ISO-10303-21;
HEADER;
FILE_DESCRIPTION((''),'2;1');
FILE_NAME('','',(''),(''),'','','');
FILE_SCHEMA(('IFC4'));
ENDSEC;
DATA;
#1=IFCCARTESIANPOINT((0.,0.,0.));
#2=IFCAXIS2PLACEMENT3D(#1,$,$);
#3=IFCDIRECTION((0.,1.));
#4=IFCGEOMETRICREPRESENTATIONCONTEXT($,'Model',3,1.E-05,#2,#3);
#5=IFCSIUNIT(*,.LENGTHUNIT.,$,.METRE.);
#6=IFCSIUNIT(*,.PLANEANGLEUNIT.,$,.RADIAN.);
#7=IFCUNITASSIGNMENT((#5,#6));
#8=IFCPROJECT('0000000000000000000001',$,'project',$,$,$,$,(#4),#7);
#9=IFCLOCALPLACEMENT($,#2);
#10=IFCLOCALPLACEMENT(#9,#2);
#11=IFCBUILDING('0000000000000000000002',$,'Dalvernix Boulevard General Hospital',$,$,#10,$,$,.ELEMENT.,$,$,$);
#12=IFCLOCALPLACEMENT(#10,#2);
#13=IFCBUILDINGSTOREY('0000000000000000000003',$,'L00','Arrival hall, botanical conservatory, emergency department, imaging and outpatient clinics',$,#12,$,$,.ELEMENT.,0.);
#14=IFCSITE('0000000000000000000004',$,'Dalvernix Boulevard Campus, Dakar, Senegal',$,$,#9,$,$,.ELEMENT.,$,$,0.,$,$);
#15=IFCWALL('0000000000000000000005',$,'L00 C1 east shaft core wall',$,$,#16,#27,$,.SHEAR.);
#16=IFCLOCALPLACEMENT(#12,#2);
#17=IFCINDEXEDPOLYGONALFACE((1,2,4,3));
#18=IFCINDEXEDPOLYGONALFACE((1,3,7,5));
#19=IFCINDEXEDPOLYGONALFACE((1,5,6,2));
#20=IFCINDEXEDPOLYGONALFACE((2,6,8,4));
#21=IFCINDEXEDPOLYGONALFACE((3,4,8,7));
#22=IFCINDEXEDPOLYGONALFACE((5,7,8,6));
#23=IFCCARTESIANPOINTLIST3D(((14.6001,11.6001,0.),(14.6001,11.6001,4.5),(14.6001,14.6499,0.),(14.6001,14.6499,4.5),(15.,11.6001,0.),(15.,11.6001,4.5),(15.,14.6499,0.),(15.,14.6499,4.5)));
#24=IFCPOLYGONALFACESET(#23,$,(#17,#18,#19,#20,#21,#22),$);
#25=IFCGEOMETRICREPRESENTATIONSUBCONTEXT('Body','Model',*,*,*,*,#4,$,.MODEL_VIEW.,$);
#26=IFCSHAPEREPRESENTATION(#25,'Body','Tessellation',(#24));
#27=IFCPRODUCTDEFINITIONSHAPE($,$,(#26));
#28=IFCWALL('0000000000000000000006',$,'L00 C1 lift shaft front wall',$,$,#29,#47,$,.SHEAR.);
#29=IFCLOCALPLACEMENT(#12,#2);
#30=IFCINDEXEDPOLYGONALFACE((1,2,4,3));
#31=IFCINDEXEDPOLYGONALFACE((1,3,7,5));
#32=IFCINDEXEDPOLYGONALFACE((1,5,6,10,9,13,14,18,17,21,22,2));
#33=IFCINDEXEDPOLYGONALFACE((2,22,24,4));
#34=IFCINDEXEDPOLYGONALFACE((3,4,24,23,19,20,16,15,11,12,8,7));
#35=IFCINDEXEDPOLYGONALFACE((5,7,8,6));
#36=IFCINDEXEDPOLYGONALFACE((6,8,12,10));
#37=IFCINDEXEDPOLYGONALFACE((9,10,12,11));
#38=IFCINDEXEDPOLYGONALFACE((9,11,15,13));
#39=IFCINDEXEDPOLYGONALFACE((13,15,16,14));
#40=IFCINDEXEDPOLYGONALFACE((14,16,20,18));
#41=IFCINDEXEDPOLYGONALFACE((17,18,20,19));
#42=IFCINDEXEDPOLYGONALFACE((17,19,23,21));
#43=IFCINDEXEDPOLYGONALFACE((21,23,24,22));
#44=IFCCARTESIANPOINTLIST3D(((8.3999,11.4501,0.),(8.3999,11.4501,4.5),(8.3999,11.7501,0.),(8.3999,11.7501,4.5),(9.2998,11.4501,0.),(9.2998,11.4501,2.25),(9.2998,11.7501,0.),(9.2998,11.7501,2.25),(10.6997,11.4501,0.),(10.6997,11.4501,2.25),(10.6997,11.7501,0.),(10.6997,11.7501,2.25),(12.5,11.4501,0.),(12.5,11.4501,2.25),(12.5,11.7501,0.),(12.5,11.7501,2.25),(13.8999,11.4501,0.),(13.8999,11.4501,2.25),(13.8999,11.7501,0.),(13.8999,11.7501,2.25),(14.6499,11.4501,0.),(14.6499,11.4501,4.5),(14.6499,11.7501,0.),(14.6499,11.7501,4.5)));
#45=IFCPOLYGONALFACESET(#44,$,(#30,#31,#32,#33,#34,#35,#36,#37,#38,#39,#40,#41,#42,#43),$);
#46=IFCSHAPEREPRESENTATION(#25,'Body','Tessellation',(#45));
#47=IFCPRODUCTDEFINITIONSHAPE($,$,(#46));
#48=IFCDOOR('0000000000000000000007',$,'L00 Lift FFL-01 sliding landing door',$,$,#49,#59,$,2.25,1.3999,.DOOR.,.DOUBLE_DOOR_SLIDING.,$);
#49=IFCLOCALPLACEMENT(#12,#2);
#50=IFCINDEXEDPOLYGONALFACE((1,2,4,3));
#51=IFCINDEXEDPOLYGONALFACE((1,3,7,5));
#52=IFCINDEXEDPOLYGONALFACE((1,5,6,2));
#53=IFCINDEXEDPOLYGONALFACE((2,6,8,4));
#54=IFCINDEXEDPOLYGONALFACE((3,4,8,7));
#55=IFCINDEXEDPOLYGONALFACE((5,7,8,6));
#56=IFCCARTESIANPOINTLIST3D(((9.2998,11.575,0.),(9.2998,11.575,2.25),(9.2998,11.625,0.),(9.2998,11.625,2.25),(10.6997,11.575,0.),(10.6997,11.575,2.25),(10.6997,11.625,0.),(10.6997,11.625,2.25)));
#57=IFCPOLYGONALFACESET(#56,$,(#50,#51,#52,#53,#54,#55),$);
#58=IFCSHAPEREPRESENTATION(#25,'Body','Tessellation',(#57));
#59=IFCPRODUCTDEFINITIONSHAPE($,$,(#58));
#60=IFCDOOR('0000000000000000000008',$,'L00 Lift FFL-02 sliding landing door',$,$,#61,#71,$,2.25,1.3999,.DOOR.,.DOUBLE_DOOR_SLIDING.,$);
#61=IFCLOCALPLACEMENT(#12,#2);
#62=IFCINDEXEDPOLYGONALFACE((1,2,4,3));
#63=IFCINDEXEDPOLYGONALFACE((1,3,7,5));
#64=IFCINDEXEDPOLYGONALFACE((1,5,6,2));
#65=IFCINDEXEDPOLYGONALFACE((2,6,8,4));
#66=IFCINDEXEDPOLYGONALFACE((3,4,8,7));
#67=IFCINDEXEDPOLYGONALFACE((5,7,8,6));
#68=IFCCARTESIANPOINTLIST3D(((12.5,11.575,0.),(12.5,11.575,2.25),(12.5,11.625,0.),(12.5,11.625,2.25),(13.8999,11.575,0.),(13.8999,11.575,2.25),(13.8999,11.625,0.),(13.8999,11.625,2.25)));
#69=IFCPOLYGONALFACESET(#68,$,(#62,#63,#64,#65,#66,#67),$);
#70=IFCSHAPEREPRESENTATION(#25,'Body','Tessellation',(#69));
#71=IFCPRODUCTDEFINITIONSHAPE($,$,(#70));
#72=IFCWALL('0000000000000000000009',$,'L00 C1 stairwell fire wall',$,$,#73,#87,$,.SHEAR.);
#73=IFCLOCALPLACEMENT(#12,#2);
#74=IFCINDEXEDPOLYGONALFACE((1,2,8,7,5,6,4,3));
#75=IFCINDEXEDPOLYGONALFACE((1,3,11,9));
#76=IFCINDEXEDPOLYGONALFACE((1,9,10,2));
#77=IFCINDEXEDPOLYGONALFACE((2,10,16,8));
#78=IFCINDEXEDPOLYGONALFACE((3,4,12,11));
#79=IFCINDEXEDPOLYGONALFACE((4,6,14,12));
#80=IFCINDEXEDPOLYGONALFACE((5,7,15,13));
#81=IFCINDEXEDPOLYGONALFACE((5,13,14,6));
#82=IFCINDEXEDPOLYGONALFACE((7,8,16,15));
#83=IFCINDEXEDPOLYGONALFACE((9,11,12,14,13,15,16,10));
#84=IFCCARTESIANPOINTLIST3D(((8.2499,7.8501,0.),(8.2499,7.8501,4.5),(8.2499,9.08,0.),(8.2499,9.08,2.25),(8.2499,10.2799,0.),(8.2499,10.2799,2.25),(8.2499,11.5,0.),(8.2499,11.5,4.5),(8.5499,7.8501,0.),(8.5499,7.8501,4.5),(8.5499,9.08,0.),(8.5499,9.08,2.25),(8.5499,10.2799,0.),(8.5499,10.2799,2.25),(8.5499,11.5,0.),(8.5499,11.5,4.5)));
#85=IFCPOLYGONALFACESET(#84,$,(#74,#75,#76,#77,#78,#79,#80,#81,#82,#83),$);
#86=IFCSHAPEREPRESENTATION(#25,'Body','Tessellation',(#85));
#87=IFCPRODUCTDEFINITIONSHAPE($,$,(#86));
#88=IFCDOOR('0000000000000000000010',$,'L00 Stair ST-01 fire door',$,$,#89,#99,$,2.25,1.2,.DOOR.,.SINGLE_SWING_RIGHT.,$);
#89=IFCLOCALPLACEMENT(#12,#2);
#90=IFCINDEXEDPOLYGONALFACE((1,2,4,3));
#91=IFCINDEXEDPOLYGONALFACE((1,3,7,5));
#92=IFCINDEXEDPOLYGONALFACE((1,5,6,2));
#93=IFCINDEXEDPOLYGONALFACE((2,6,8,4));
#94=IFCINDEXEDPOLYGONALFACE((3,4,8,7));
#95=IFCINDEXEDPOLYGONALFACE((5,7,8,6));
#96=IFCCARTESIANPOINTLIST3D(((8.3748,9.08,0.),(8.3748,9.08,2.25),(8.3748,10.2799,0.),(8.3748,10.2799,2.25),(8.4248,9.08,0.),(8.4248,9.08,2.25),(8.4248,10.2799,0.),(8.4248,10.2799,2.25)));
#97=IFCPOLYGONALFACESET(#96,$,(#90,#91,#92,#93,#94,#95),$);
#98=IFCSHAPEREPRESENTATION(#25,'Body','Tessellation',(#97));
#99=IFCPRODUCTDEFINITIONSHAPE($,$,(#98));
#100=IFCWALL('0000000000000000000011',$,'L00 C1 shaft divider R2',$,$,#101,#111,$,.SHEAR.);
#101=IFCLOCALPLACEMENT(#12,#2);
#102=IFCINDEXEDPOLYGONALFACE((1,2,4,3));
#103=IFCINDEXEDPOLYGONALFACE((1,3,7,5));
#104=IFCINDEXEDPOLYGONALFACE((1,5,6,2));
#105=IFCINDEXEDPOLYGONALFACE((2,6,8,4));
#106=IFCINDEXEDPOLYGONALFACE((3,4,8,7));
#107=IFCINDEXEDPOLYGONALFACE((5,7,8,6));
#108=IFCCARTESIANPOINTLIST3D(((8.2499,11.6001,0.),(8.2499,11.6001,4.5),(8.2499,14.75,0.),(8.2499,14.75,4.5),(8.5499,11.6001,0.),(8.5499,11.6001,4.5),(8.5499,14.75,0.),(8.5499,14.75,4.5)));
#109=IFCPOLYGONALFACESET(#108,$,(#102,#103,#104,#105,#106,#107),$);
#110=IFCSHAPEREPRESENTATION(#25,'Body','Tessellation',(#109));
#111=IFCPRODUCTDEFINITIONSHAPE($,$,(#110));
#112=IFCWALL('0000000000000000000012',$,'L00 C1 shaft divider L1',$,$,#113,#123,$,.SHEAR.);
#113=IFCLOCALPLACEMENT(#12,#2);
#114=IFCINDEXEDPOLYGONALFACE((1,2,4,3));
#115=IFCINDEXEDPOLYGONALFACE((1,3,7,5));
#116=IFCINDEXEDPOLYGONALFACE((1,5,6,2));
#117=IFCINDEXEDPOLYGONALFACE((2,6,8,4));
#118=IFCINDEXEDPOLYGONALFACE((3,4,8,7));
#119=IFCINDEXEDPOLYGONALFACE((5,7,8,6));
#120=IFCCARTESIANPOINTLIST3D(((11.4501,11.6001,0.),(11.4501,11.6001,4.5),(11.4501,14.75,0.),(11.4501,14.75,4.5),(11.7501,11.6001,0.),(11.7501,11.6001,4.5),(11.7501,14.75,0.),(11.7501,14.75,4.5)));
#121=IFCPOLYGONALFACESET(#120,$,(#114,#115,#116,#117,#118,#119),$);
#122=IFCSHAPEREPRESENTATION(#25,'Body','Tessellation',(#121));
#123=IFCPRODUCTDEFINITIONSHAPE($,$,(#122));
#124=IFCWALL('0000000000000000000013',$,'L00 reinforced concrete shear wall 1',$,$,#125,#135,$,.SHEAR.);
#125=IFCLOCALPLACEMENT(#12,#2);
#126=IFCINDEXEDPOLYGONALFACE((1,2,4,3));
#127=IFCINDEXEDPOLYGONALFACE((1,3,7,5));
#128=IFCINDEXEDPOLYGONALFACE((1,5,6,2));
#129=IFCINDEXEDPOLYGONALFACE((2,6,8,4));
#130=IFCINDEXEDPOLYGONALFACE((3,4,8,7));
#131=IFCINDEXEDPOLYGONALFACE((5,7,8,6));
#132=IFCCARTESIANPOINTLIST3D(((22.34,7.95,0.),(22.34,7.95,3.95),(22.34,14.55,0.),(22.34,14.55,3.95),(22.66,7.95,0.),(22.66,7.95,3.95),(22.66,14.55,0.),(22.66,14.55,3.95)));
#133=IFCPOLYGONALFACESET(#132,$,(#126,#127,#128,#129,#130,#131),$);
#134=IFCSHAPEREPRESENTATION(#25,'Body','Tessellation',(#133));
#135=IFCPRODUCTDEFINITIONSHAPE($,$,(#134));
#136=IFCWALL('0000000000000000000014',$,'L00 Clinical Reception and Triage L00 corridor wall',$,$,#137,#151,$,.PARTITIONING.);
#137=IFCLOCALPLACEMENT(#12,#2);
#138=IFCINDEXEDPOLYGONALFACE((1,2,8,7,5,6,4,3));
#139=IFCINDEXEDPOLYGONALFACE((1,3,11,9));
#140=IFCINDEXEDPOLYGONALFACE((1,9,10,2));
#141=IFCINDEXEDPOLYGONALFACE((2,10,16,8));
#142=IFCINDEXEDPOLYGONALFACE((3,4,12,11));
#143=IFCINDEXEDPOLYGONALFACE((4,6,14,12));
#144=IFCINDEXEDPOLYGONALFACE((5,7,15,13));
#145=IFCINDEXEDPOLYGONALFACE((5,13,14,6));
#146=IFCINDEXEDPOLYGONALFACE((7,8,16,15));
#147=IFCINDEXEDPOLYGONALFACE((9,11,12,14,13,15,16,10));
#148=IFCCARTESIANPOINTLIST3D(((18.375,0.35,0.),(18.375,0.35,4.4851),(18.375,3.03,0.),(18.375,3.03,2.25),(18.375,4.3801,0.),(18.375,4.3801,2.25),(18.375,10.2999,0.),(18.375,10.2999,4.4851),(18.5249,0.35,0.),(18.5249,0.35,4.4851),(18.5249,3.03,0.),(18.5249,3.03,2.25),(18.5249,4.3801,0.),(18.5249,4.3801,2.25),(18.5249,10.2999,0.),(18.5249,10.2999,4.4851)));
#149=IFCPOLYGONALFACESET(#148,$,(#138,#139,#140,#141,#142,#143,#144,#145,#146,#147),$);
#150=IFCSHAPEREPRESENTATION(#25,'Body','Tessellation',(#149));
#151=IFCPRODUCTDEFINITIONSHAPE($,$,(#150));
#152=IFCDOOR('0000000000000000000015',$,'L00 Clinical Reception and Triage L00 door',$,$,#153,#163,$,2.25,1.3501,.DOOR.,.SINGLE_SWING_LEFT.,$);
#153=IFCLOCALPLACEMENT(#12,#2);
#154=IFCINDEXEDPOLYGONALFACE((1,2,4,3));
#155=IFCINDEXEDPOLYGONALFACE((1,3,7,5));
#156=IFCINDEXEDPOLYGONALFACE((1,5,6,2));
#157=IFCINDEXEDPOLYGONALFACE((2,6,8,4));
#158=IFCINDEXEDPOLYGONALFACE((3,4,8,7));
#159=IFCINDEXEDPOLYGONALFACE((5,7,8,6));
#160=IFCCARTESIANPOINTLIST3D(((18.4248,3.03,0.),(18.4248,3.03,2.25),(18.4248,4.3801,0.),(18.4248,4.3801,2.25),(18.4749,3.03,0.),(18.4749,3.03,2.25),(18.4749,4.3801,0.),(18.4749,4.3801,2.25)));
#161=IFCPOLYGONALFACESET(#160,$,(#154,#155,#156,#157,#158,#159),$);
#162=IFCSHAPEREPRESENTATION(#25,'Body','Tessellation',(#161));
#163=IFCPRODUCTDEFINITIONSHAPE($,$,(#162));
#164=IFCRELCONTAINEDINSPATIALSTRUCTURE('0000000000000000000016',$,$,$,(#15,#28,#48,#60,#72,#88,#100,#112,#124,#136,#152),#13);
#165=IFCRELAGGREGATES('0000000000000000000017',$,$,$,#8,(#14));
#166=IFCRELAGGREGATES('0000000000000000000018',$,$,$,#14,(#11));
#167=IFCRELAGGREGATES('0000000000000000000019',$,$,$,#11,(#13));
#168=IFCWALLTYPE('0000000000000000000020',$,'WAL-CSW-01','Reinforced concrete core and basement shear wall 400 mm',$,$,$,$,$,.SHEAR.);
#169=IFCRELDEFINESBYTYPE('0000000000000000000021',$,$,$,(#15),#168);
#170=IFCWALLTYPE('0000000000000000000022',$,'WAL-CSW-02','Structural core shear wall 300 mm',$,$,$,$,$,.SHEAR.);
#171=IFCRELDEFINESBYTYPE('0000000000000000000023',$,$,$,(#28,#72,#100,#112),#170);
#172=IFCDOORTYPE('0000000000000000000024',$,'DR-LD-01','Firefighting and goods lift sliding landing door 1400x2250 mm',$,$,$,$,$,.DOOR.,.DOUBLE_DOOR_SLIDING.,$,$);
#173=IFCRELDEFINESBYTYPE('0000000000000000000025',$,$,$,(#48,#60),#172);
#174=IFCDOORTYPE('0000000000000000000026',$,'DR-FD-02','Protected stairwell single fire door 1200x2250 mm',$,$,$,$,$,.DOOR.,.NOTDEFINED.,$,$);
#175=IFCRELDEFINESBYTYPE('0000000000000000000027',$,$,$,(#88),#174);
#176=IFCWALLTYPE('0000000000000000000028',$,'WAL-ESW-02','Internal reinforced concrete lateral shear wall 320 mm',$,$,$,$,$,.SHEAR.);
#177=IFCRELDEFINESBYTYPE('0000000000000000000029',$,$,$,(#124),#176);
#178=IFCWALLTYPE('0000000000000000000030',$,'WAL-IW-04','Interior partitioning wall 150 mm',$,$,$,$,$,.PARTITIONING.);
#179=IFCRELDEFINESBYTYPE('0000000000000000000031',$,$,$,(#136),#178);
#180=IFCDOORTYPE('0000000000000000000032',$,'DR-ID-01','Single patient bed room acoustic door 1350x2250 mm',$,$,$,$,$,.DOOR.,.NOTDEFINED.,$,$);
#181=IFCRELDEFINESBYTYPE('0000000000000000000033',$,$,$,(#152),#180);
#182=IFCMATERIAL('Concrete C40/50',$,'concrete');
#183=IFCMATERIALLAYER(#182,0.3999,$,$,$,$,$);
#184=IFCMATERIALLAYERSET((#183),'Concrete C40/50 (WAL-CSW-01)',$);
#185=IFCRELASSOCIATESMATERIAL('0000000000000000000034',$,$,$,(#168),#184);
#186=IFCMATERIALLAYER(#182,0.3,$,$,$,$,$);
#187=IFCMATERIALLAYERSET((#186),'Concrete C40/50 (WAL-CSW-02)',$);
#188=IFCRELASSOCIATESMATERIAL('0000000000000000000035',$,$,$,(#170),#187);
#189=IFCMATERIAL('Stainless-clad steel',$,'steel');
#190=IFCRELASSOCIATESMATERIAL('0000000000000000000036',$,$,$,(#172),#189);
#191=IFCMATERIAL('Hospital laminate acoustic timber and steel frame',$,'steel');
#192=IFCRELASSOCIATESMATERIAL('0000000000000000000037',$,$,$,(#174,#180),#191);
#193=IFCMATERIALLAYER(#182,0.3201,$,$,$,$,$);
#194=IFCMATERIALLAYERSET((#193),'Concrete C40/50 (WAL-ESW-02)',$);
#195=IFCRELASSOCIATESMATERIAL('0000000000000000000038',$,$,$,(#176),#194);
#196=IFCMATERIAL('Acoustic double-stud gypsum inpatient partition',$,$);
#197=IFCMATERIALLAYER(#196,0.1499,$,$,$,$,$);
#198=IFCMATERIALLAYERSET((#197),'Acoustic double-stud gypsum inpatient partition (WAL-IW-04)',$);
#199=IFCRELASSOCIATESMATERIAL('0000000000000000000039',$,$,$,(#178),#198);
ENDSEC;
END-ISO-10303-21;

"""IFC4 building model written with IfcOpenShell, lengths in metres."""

from ifc_helpers import new_model, si_unit, direction, frame, frame_2d, origin, place, context, subcontext, project, spatial, rectangle, extrude, material, layer, layer_set, type_object, element, fill, save


model = new_model("IFC4")

# Units and contexts
model_context = context("Model", 3, precision=1e-05, world=origin(), true_north=direction((0.0, 1.0)))
body_context = subcontext(model_context, "Body", "Model", "MODEL_VIEW")
ifc_project = project(units=[si_unit("LENGTHUNIT", "METRE"), si_unit("PLANEANGLEUNIT", "RADIAN")], contexts=[model_context])

# Site, building, storey
site_placement = place(None, origin())
site = spatial("IfcSite", under=ifc_project, at=site_placement, Name="Dalvernix Boulevard Campus, Dakar, Senegal", CompositionType="ELEMENT", RefElevation=0.0)
building_placement = place(site_placement, origin())
building = spatial("IfcBuilding", under=site, at=building_placement, Name="Dalvernix Boulevard General Hospital", CompositionType="ELEMENT")
storey_placement = place(building_placement, origin())
storey = spatial("IfcBuildingStorey", under=building, at=storey_placement, Name="L00", Description="Arrival hall, botanical conservatory, emergency department, imaging and outpatient clinics", CompositionType="ELEMENT", Elevation=0.0)

# Shared definitions
ifc_material_1 = material(Name="Concrete C40/50", Category="concrete")

# Wall
ifc_layer_1 = layer(ifc_material_1, 0.3999)
ifc_layer_set_1 = layer_set([ifc_layer_1], Name="Concrete C40/50 (WAL-CSW-01)")
wall_type_1 = type_object("IfcWallType", Name="WAL-CSW-01", Description="Reinforced concrete core and basement shear wall 400 mm", PredefinedType="SHEAR", material=ifc_layer_set_1)
wall_1_placement = place(storey_placement, frame((14.8, 11.6001, 0.0), z_axis=(0.0, 0.0, 1.0), x_axis=(0.0, 1.0, 0.0)))
element("IfcWall", 1, at=wall_1_placement, inside=storey, type_object=wall_type_1, Name="L00 C1 east shaft core wall", PredefinedType="SHEAR", context=body_context, shape_type="SweptSolid", body=[
    extrude(rectangle(XDim=3.0498, YDim=0.3999, at=frame_2d((1.5249, 0.0))), origin(), (0.0, 0.0, 1.0), 4.5),
])

# Wall, openings, doors
ifc_layer_2 = layer(ifc_material_1, 0.3)
ifc_layer_set_2 = layer_set([ifc_layer_2], Name="Concrete C40/50 (WAL-CSW-02)")
wall_type_2 = type_object("IfcWallType", Name="WAL-CSW-02", Description="Structural core shear wall 300 mm", PredefinedType="SHEAR", material=ifc_layer_set_2)
wall_2_placement = place(storey_placement, frame((8.3999, 11.6001, 0.0), z_axis=(0.0, 0.0, 1.0), x_axis=(1.0, 0.0, 0.0)))
wall_2 = element("IfcWall", 2, at=wall_2_placement, inside=storey, type_object=wall_type_2, Name="L00 C1 lift shaft front wall", PredefinedType="SHEAR", context=body_context, shape_type="SweptSolid", body=[
    extrude(rectangle(XDim=6.25, YDim=0.3, at=frame_2d((3.125, 0.0))), origin(), (0.0, 0.0, 1.0), 4.5),
])
opening_1_placement = place(wall_2_placement, frame((0.8999, 0.0, 0.0)))
opening_1 = element("IfcOpeningElement", 3, at=opening_1_placement, cuts=wall_2, PredefinedType="OPENING", context=body_context, shape_type="SweptSolid", body=[
    extrude(rectangle(XDim=1.3999, YDim=2.25, at=frame_2d((0.7, 1.125))), frame((0.0, 0.1599, 0.0), z_axis=(0.0, -1.0, 0.0), x_axis=(1.0, 0.0, 0.0)), (0.0, 0.0, 1.0), 0.3201),
])
opening_2_placement = place(wall_2_placement, frame((4.1001, 0.0, 0.0)))
opening_2 = element("IfcOpeningElement", 4, at=opening_2_placement, cuts=wall_2, PredefinedType="OPENING", context=body_context, shape_type="SweptSolid", body=[
    extrude(rectangle(XDim=1.3999, YDim=2.25, at=frame_2d((0.7, 1.125))), frame((0.0, 0.1599, 0.0), z_axis=(0.0, -1.0, 0.0), x_axis=(1.0, 0.0, 0.0)), (0.0, 0.0, 1.0), 0.3201),
])
ifc_material_2 = material(Name="Stainless-clad steel", Category="steel")
door_type_1 = type_object("IfcDoorType", Name="DR-LD-01", Description="Firefighting and goods lift sliding landing door 1400x2250 mm", OperationType="DOUBLE_DOOR_SLIDING", PredefinedType="DOOR", material=ifc_material_2)
door_1_placement = place(opening_1_placement, origin())
door_1 = element("IfcDoor", 5, at=door_1_placement, inside=storey, type_object=door_type_1, Name="L00 Lift FFL-01 sliding landing door", OperationType="DOUBLE_DOOR_SLIDING", OverallHeight=2.25, OverallWidth=1.3999, PredefinedType="DOOR", context=body_context, shape_type="SweptSolid", body=[
    extrude(rectangle(XDim=1.3999, YDim=2.25, at=frame_2d((0.7, 1.125))), frame((0.0, 0.0249, 0.0), z_axis=(0.0, -1.0, 0.0), x_axis=(1.0, 0.0, 0.0)), (0.0, 0.0, 1.0), 0.05),
])
fill(opening_1, door_1)
door_2_placement = place(opening_2_placement, origin())
door_2 = element("IfcDoor", 6, at=door_2_placement, inside=storey, type_object=door_type_1, Name="L00 Lift FFL-02 sliding landing door", OperationType="DOUBLE_DOOR_SLIDING", OverallHeight=2.25, OverallWidth=1.3999, PredefinedType="DOOR", context=body_context, shape_type="SweptSolid", body=[
    extrude(rectangle(XDim=1.3999, YDim=2.25, at=frame_2d((0.7, 1.125))), frame((0.0, 0.0249, 0.0), z_axis=(0.0, -1.0, 0.0), x_axis=(1.0, 0.0, 0.0)), (0.0, 0.0, 1.0), 0.05),
])
fill(opening_2, door_2)

# Wall, opening, door
wall_3_placement = place(storey_placement, frame((8.3999, 11.5, 0.0), z_axis=(0.0, 0.0, 1.0), x_axis=(0.0, -1.0, 0.0)))
wall_3 = element("IfcWall", 7, at=wall_3_placement, inside=storey, type_object=wall_type_2, Name="L00 C1 stairwell fire wall", PredefinedType="SHEAR", context=body_context, shape_type="SweptSolid", body=[
    extrude(rectangle(XDim=3.6499, YDim=0.3, at=frame_2d((1.825, 0.0))), origin(), (0.0, 0.0, 1.0), 4.5),
])
opening_3_placement = place(wall_3_placement, frame((1.22, 0.0, 0.0)))
opening_3 = element("IfcOpeningElement", 8, at=opening_3_placement, cuts=wall_3, PredefinedType="OPENING", context=body_context, shape_type="SweptSolid", body=[
    extrude(rectangle(XDim=1.2, YDim=2.25, at=frame_2d((0.6001, 1.125))), frame((0.0, 0.1599, 0.0), z_axis=(0.0, -1.0, 0.0), x_axis=(1.0, 0.0, 0.0)), (0.0, 0.0, 1.0), 0.3201),
])
ifc_material_3 = material(Name="Hospital laminate acoustic timber and steel frame", Category="steel")
door_type_2 = type_object("IfcDoorType", Name="DR-FD-02", Description="Protected stairwell single fire door 1200x2250 mm", OperationType="NOTDEFINED", PredefinedType="DOOR", material=ifc_material_3)
door_3_placement = place(opening_3_placement, origin())
door_3 = element("IfcDoor", 9, at=door_3_placement, inside=storey, type_object=door_type_2, Name="L00 Stair ST-01 fire door", OperationType="SINGLE_SWING_RIGHT", OverallHeight=2.25, OverallWidth=1.2, PredefinedType="DOOR", context=body_context, shape_type="SweptSolid", body=[
    extrude(rectangle(XDim=1.2, YDim=2.25, at=frame_2d((0.6001, 1.125))), frame((0.0, 0.0249, 0.0), z_axis=(0.0, -1.0, 0.0), x_axis=(1.0, 0.0, 0.0)), (0.0, 0.0, 1.0), 0.05),
])
fill(opening_3, door_3)

# Walls
for number, where, z_axis, x_axis, name in (
    (10, (8.3999, 11.6001, 0.0), (0.0, 0.0, 1.0), (0.0, 1.0, 0.0), "L00 C1 shaft divider R2"),
    (11, (11.6001, 11.6001, 0.0), (0.0, 0.0, 1.0), (0.0, 1.0, 0.0), "L00 C1 shaft divider L1"),
):
    element("IfcWall", number, at=place(storey_placement, frame(where, z_axis=z_axis, x_axis=x_axis)), inside=storey, type_object=wall_type_2, Name=name, PredefinedType="SHEAR", context=body_context, shape_type="SweptSolid", body=[
        extrude(rectangle(XDim=3.1499, YDim=0.3, at=frame_2d((1.575, 0.0))), origin(), (0.0, 0.0, 1.0), 4.5),
    ])
ifc_layer_3 = layer(ifc_material_1, 0.3201)
ifc_layer_set_3 = layer_set([ifc_layer_3], Name="Concrete C40/50 (WAL-ESW-02)")
wall_type_3 = type_object("IfcWallType", Name="WAL-ESW-02", Description="Internal reinforced concrete lateral shear wall 320 mm", PredefinedType="SHEAR", material=ifc_layer_set_3)
wall_4_placement = place(storey_placement, frame((22.5, 7.95, 0.0), z_axis=(0.0, 0.0, 1.0), x_axis=(0.0, 1.0, 0.0)))
element("IfcWall", 12, at=wall_4_placement, inside=storey, type_object=wall_type_3, Name="L00 reinforced concrete shear wall 1", PredefinedType="SHEAR", context=body_context, shape_type="SweptSolid", body=[
    extrude(rectangle(XDim=6.6001, YDim=0.3201, at=frame_2d((3.3, 0.0))), origin(), (0.0, 0.0, 1.0), 3.95),
])

# Wall, opening, door
ifc_material_4 = material(Name="Acoustic double-stud gypsum inpatient partition")
ifc_layer_4 = layer(ifc_material_4, 0.1499)
ifc_layer_set_4 = layer_set([ifc_layer_4], Name="Acoustic double-stud gypsum inpatient partition (WAL-IW-04)")
wall_type_4 = type_object("IfcWallType", Name="WAL-IW-04", Description="Interior partitioning wall 150 mm", PredefinedType="PARTITIONING", material=ifc_layer_set_4)
wall_5_placement = place(storey_placement, frame((18.45, 10.3, 0.0), z_axis=(0.0, 0.0, 1.0), x_axis=(0.0, -1.0, 0.0)))
wall_5 = element("IfcWall", 13, at=wall_5_placement, inside=storey, type_object=wall_type_4, Name="L00 Clinical Reception and Triage L00 corridor wall", PredefinedType="PARTITIONING", context=body_context, shape_type="SweptSolid", body=[
    extrude(rectangle(XDim=9.95, YDim=0.1499, at=frame_2d((4.9751, 0.0))), origin(), (0.0, 0.0, 1.0), 4.4851),
])
opening_4_placement = place(wall_5_placement, frame((5.9199, 0.0, 0.0)))
opening_4 = element("IfcOpeningElement", 14, at=opening_4_placement, cuts=wall_5, PredefinedType="OPENING", context=body_context, shape_type="SweptSolid", body=[
    extrude(rectangle(XDim=1.3501, YDim=2.25, at=frame_2d((0.675, 1.125))), frame((0.0, 0.085, 0.0), z_axis=(0.0, -1.0, 0.0), x_axis=(1.0, 0.0, 0.0)), (0.0, 0.0, 1.0), 0.1699),
])
door_type_3 = type_object("IfcDoorType", Name="DR-ID-01", Description="Single patient bed room acoustic door 1350x2250 mm", OperationType="NOTDEFINED", PredefinedType="DOOR", material=ifc_material_3)
door_4_placement = place(opening_4_placement, origin())
door_4 = element("IfcDoor", 15, at=door_4_placement, inside=storey, type_object=door_type_3, Name="L00 Clinical Reception and Triage L00 door", OperationType="SINGLE_SWING_LEFT", OverallHeight=2.25, OverallWidth=1.3501, PredefinedType="DOOR", context=body_context, shape_type="SweptSolid", body=[
    extrude(rectangle(XDim=1.3501, YDim=2.25, at=frame_2d((0.675, 1.125))), frame((0.0, 0.0249, 0.0), z_axis=(0.0, -1.0, 0.0), x_axis=(1.0, 0.0, 0.0)), (0.0, 0.0, 1.0), 0.05),
])
fill(opening_4, door_4)

save(model, "model.ifc")
